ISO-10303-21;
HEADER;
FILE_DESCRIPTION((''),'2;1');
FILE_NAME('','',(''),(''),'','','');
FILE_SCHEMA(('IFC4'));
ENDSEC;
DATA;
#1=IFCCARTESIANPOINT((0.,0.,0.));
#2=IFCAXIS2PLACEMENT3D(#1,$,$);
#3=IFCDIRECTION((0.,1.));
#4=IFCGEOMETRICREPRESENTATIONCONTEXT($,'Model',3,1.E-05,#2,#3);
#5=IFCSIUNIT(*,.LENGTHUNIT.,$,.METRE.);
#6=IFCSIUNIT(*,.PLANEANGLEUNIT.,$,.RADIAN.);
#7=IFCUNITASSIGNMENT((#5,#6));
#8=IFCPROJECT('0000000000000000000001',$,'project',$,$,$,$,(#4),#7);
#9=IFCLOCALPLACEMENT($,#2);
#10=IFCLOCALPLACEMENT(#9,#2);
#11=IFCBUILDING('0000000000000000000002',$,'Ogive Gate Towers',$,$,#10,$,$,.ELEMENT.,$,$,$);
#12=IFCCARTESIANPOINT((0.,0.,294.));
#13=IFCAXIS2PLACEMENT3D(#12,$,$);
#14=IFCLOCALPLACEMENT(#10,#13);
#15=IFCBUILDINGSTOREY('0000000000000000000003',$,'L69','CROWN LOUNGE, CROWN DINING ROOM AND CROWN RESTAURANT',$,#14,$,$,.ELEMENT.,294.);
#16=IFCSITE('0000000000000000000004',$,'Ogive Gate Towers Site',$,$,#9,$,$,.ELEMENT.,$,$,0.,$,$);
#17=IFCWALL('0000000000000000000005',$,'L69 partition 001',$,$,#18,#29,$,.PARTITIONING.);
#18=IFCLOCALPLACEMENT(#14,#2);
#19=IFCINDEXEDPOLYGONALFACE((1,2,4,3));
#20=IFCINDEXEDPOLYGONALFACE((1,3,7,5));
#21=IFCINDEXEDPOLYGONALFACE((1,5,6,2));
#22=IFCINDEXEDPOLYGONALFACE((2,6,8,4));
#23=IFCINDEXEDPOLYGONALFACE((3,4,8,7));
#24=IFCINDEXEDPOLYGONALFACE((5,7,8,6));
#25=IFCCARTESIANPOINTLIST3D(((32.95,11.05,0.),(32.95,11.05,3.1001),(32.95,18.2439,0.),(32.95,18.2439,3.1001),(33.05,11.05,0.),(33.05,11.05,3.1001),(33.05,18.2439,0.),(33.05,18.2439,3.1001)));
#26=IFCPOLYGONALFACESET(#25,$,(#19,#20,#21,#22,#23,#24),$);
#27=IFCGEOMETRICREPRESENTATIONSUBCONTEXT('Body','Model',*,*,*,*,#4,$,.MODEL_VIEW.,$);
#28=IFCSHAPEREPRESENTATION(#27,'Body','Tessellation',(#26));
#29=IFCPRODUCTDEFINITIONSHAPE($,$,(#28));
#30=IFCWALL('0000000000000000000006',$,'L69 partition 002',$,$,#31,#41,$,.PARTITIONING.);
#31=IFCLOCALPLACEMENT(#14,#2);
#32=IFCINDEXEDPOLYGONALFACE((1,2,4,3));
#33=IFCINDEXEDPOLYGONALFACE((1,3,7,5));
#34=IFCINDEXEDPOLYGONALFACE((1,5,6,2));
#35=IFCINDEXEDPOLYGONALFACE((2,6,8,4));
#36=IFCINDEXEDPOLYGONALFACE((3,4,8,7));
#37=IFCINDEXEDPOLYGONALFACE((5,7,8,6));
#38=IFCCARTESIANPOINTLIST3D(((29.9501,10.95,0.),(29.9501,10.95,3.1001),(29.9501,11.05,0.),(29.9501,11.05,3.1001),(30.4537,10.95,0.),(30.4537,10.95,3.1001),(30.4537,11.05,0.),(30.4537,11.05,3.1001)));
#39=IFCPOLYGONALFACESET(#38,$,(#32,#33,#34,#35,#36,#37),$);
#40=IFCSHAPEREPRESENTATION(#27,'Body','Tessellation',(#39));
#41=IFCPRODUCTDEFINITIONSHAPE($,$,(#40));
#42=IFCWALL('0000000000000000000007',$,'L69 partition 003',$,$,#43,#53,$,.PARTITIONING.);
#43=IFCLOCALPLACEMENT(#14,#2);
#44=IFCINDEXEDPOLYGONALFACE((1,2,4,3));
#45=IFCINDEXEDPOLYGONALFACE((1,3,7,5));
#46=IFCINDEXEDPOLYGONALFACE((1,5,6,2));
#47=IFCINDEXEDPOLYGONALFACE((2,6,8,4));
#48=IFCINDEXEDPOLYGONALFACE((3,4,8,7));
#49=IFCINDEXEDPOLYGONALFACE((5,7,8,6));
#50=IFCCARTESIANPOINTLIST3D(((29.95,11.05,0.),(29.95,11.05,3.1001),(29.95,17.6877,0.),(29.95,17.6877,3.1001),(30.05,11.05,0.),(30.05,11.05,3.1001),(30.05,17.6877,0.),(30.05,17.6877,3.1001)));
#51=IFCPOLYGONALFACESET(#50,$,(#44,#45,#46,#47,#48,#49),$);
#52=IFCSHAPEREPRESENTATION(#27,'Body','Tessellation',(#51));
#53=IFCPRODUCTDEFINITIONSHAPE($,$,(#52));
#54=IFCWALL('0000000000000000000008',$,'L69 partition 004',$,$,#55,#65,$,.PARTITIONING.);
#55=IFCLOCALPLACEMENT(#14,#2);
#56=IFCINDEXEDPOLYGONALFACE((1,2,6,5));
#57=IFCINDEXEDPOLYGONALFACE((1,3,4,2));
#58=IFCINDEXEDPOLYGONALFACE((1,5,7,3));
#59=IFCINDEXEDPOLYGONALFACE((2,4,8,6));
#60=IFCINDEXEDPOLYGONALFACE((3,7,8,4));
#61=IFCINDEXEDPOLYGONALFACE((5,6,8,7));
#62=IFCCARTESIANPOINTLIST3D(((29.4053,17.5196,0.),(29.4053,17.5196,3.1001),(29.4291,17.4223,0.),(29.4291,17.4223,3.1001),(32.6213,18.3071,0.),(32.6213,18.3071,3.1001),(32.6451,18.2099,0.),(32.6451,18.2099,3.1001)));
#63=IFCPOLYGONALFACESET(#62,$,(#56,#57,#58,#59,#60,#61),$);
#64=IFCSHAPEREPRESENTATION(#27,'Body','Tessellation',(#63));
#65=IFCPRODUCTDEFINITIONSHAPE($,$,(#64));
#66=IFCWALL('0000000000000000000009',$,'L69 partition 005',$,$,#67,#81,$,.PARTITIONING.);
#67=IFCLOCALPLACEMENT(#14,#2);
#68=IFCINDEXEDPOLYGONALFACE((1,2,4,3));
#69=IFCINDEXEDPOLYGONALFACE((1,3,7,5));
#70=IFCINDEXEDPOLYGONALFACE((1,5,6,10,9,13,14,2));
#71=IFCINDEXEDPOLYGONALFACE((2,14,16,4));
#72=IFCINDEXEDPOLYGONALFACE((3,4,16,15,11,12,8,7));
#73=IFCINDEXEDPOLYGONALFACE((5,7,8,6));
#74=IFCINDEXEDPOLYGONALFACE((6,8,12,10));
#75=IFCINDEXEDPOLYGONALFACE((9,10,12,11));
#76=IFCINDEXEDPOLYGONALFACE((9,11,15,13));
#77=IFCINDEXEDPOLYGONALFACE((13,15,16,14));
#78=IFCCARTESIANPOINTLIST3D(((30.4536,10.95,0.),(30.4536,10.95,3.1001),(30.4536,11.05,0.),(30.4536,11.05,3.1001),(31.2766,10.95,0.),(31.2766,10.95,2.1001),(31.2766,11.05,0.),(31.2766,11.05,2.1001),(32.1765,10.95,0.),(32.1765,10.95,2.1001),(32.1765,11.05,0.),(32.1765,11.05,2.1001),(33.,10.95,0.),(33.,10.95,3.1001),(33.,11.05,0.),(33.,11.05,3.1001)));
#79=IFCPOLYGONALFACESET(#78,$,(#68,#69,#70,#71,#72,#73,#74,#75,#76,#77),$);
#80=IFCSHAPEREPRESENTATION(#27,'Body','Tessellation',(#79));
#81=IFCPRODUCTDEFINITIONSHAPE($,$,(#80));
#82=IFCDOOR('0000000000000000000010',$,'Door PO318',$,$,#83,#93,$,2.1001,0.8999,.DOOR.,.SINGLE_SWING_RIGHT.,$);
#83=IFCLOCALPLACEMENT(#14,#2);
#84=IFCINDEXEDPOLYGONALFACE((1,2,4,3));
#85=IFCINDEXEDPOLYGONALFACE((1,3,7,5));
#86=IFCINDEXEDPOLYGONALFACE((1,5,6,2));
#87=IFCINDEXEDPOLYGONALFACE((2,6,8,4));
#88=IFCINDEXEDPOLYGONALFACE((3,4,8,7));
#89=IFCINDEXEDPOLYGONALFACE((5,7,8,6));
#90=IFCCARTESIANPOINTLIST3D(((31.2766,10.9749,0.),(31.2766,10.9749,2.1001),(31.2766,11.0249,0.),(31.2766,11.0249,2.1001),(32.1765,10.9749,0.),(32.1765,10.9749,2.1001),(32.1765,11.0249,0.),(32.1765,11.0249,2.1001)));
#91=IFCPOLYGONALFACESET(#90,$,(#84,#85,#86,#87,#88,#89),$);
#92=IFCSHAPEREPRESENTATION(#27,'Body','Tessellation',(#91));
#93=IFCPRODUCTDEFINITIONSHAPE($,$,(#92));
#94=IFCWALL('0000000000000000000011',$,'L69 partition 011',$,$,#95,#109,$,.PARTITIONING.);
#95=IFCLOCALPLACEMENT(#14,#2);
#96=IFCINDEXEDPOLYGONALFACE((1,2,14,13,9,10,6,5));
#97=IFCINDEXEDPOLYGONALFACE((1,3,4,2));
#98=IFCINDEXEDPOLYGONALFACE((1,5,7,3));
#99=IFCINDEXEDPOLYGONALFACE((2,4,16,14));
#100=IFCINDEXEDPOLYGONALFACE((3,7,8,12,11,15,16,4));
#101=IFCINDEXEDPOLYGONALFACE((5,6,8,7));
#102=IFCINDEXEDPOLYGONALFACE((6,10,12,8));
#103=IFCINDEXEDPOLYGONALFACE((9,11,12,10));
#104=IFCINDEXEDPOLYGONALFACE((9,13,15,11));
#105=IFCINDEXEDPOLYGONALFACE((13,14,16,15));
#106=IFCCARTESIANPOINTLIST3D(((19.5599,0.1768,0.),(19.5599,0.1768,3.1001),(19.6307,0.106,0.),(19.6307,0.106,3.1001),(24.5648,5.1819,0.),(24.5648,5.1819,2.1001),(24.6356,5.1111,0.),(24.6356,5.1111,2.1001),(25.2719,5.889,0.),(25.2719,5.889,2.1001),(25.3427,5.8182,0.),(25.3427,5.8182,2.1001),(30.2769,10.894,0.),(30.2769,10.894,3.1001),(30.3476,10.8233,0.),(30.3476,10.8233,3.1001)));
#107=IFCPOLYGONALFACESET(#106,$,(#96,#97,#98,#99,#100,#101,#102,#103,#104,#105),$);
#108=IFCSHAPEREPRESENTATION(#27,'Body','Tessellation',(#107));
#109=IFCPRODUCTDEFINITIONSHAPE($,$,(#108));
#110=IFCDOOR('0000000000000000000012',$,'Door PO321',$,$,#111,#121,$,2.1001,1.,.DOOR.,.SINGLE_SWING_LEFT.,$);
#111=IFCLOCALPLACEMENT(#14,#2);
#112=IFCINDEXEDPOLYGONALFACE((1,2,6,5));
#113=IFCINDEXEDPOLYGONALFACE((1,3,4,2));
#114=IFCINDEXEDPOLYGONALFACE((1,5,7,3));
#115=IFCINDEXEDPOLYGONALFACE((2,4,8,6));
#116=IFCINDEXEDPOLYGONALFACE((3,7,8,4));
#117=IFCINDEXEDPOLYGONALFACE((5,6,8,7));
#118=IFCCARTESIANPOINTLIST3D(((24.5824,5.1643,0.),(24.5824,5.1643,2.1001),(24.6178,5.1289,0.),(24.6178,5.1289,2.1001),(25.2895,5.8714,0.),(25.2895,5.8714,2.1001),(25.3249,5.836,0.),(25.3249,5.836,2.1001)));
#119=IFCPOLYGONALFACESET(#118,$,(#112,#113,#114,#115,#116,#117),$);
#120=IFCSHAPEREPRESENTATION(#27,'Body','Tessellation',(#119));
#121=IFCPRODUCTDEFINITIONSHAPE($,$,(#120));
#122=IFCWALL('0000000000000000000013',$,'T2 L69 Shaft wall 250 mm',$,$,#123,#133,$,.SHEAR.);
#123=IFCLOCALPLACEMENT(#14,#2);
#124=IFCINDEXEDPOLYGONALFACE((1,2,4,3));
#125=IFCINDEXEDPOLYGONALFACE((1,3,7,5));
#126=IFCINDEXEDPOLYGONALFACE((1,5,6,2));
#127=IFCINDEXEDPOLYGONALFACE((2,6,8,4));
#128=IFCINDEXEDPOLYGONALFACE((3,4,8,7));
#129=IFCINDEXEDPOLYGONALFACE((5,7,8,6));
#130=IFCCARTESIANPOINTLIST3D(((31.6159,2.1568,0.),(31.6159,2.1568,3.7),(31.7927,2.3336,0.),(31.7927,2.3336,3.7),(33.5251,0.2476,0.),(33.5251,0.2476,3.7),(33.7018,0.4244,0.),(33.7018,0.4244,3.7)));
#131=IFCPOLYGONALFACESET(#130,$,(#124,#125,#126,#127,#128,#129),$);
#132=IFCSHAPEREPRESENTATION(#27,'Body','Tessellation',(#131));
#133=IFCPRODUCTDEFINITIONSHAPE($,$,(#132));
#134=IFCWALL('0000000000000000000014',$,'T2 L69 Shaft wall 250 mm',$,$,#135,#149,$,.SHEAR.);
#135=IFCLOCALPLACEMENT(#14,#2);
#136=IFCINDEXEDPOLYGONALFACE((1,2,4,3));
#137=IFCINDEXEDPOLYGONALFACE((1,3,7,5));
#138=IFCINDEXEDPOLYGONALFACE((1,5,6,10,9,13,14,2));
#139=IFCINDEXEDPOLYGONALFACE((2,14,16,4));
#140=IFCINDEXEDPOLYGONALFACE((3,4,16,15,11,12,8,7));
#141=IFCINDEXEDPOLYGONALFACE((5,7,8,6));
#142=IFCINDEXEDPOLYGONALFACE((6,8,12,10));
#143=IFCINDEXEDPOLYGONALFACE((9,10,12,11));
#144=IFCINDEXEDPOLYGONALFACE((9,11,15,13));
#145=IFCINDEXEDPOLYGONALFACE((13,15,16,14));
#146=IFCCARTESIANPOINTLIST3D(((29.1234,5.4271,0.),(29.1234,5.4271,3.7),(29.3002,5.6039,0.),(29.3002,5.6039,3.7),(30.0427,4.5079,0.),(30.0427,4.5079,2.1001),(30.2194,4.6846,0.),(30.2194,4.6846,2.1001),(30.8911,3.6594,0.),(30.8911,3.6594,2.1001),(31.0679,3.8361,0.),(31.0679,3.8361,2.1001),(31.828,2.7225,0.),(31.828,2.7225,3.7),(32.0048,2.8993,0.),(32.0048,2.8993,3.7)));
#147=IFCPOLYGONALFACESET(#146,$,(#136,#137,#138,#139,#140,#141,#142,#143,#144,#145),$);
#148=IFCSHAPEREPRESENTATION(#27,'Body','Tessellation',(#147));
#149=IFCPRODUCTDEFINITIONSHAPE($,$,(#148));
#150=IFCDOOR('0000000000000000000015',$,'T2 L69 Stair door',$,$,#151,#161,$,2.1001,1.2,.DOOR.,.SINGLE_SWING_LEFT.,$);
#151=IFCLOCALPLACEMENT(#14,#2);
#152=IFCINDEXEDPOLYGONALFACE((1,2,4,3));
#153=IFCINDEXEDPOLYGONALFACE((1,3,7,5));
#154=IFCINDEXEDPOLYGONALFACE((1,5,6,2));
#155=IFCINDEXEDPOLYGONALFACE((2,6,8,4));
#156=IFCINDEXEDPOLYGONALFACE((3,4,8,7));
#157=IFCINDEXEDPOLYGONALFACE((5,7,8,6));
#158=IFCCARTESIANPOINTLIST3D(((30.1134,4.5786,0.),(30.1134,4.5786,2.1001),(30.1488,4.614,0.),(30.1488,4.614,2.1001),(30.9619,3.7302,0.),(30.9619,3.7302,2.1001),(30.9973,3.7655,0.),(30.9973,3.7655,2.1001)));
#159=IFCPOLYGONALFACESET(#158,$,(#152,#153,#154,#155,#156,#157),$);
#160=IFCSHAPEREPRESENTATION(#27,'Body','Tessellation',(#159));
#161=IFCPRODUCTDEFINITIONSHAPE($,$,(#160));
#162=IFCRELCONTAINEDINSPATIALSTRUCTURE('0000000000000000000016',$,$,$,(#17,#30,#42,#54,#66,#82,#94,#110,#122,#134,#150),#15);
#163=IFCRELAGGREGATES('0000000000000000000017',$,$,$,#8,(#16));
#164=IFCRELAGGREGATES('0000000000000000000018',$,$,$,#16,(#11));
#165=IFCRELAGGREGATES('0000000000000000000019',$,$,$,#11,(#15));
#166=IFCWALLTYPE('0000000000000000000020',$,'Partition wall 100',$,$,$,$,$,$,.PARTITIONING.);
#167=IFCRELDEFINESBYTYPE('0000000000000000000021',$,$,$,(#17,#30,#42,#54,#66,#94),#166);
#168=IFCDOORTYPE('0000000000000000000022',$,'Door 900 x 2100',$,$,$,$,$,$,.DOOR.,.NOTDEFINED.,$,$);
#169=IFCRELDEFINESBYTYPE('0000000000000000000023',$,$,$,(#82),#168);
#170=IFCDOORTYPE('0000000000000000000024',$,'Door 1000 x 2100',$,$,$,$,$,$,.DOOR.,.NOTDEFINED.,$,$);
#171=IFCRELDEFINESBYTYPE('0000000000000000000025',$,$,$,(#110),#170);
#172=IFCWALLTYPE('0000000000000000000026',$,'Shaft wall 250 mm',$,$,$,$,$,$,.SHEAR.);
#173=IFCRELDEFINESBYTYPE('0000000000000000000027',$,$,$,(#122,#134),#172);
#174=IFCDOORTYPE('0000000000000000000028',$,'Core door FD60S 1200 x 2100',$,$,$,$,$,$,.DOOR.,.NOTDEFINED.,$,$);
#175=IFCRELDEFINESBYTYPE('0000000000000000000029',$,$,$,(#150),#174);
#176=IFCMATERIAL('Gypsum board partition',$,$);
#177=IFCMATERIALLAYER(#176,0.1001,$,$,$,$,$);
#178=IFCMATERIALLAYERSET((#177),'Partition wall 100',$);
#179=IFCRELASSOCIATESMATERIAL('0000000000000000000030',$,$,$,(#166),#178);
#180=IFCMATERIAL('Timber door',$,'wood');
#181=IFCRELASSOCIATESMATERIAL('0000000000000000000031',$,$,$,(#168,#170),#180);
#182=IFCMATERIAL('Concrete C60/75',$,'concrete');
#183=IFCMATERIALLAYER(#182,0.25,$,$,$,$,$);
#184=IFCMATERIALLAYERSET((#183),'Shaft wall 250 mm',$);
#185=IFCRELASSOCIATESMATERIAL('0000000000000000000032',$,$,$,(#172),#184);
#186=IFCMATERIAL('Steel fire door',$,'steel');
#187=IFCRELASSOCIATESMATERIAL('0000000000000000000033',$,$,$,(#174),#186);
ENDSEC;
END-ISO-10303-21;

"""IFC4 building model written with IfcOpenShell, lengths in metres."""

from ifc_helpers import new_model, si_unit, direction, frame, frame_2d, origin, place, context, subcontext, project, spatial, rectangle, extrude, material, layer, layer_set, type_object, element, fill, save


model = new_model("IFC4")

# Units and contexts
model_context = context("Model", 3, precision=1e-05, world=origin(), true_north=direction((0.0, 1.0)))
body_context = subcontext(model_context, "Body", "Model", "MODEL_VIEW")
ifc_project = project(units=[si_unit("LENGTHUNIT", "METRE"), si_unit("PLANEANGLEUNIT", "RADIAN")], contexts=[model_context])

# Site, building, storey
site_placement = place(None, origin())
site = spatial("IfcSite", under=ifc_project, at=site_placement, Name="Ogive Gate Towers Site", CompositionType="ELEMENT", RefElevation=0.0)
building_placement = place(site_placement, origin())
building = spatial("IfcBuilding", under=site, at=building_placement, Name="Ogive Gate Towers", CompositionType="ELEMENT")
storey_placement = place(building_placement, frame((0.0, 0.0, 294.0)))
storey = spatial("IfcBuildingStorey", under=building, at=storey_placement, Name="L69", Description="CROWN LOUNGE, CROWN DINING ROOM AND CROWN RESTAURANT", CompositionType="ELEMENT", Elevation=294.0)

# Walls
ifc_material_1 = material(Name="Gypsum board partition")
ifc_layer_1 = layer(ifc_material_1, 0.1001)
ifc_layer_set_1 = layer_set([ifc_layer_1], Name="Partition wall 100")
wall_type_1 = type_object("IfcWallType", Name="Partition wall 100", PredefinedType="PARTITIONING", material=ifc_layer_set_1)
wall_1_placement = place(storey_placement, frame((33.0, 11.05, 0.0), z_axis=(0.0, 0.0, 1.0), x_axis=(0.0, 1.0, 0.0)))
element("IfcWall", 1, at=wall_1_placement, inside=storey, type_object=wall_type_1, Name="L69 partition 001", PredefinedType="PARTITIONING", context=body_context, shape_type="SweptSolid", body=[
    extrude(rectangle(XDim=7.1938, YDim=0.1001, at=frame_2d((3.5969, 0.0))), origin(), (0.0, 0.0, 1.0), 3.1001),
])
wall_2_placement = place(storey_placement, frame((29.95, 11.0, 0.0), z_axis=(0.0, 0.0, 1.0), x_axis=(1.0, 0.0, 0.0)))
element("IfcWall", 2, at=wall_2_placement, inside=storey, type_object=wall_type_1, Name="L69 partition 002", PredefinedType="PARTITIONING", context=body_context, shape_type="SweptSolid", body=[
    extrude(rectangle(XDim=0.5037, YDim=0.1001, at=frame_2d((0.252, 0.0))), origin(), (0.0, 0.0, 1.0), 3.1001),
])
wall_3_placement = place(storey_placement, frame((30.0, 11.05, 0.0), z_axis=(0.0, 0.0, 1.0), x_axis=(0.0, 1.0, 0.0)))
element("IfcWall", 3, at=wall_3_placement, inside=storey, type_object=wall_type_1, Name="L69 partition 003", PredefinedType="PARTITIONING", context=body_context, shape_type="SweptSolid", body=[
    extrude(rectangle(XDim=6.6377, YDim=0.1001, at=frame_2d((3.3188, 0.0))), origin(), (0.0, 0.0, 1.0), 3.1001),
])
wall_4_placement = place(storey_placement, frame((29.4172, 17.4709, 0.0), z_axis=(0.0, 0.0, 1.0), x_axis=(0.971298, 0.237866, 0.0)))
element("IfcWall", 4, at=wall_4_placement, inside=storey, type_object=wall_type_1, Name="L69 partition 004", PredefinedType="PARTITIONING", context=body_context, shape_type="SweptSolid", body=[
    extrude(rectangle(XDim=3.311, YDim=0.1001, at=frame_2d((1.6555, 0.0))), origin(), (0.0, 0.0, 1.0), 3.1001),
])

# Walls, openings, doors
wall_5_placement = place(storey_placement, frame((30.4536, 11.0, 0.0), z_axis=(0.0, 0.0, 1.0), x_axis=(1.0, 0.0, 0.0)))
wall_5 = element("IfcWall", 5, at=wall_5_placement, inside=storey, type_object=wall_type_1, Name="L69 partition 005", PredefinedType="PARTITIONING", context=body_context, shape_type="SweptSolid", body=[
    extrude(rectangle(XDim=2.5464, YDim=0.1001, at=frame_2d((1.2732, 0.0))), origin(), (0.0, 0.0, 1.0), 3.1001),
])
opening_1_placement = place(wall_5_placement, frame((0.823, 0.0, 0.0)))
opening_1 = element("IfcOpeningElement", 6, at=opening_1_placement, cuts=wall_5, PredefinedType="OPENING", context=body_context, shape_type="SweptSolid", body=[
    extrude(rectangle(XDim=0.8999, YDim=2.1001, at=frame_2d((0.45, 1.05))), frame((0.0, 0.0601, 0.0), z_axis=(0.0, -1.0, 0.0), x_axis=(1.0, 0.0, 0.0)), (0.0, 0.0, 1.0), 0.1201),
])
ifc_material_2 = material(Name="Timber door", Category="wood")
door_type_1 = type_object("IfcDoorType", Name="Door 900 x 2100", OperationType="NOTDEFINED", PredefinedType="DOOR", material=ifc_material_2)
door_1_placement = place(opening_1_placement, origin())
door_1 = element("IfcDoor", 7, at=door_1_placement, inside=storey, type_object=door_type_1, Name="Door PO318", OperationType="SINGLE_SWING_RIGHT", OverallHeight=2.1001, OverallWidth=0.8999, PredefinedType="DOOR", context=body_context, shape_type="SweptSolid", body=[
    extrude(rectangle(XDim=0.8999, YDim=2.1001, at=frame_2d((0.45, 1.05))), frame((0.0, 0.0249, 0.0), z_axis=(0.0, -1.0, 0.0), x_axis=(1.0, 0.0, 0.0)), (0.0, 0.0, 1.0), 0.05),
])
fill(opening_1, door_1)
wall_6_placement = place(storey_placement, frame((30.3123, 10.8586, 0.0), z_axis=(0.0, 0.0, 1.0), x_axis=(-0.707099, -0.707115, 0.0)))
wall_6 = element("IfcWall", 8, at=wall_6_placement, inside=storey, type_object=wall_type_1, Name="L69 partition 011", PredefinedType="PARTITIONING", context=body_context, shape_type="SweptSolid", body=[
    extrude(rectangle(XDim=15.1562, YDim=0.1001, at=frame_2d((7.5781, 0.0))), origin(), (0.0, 0.0, 1.0), 3.1001),
])
opening_2_placement = place(wall_6_placement, frame((7.0781, 0.0, 0.0)))
opening_2 = element("IfcOpeningElement", 9, at=opening_2_placement, cuts=wall_6, PredefinedType="OPENING", context=body_context, shape_type="SweptSolid", body=[
    extrude(rectangle(XDim=1.0, YDim=2.1001, at=frame_2d((0.5, 1.05))), frame((0.0, 0.0601, 0.0), z_axis=(0.0, -1.0, 0.0), x_axis=(1.0, 0.0, 0.0)), (0.0, 0.0, 1.0), 0.1201),
])
door_type_2 = type_object("IfcDoorType", Name="Door 1000 x 2100", OperationType="NOTDEFINED", PredefinedType="DOOR", material=ifc_material_2)
door_2_placement = place(opening_2_placement, origin())
door_2 = element("IfcDoor", 10, at=door_2_placement, inside=storey, type_object=door_type_2, Name="Door PO321", OperationType="SINGLE_SWING_LEFT", OverallHeight=2.1001, OverallWidth=1.0, PredefinedType="DOOR", context=body_context, shape_type="SweptSolid", body=[
    extrude(rectangle(XDim=1.0, YDim=2.1001, at=frame_2d((0.5, 1.05))), frame((0.0, 0.0249, 0.0), z_axis=(0.0, -1.0, 0.0), x_axis=(1.0, 0.0, 0.0)), (0.0, 0.0, 1.0), 0.05),
])
fill(opening_2, door_2)

# Wall
ifc_material_3 = material(Name="Concrete C60/75", Category="concrete")
ifc_layer_2 = layer(ifc_material_3, 0.25)
ifc_layer_set_2 = layer_set([ifc_layer_2], Name="Shaft wall 250 mm")
wall_type_2 = type_object("IfcWallType", Name="Shaft wall 250 mm", PredefinedType="SHEAR", material=ifc_layer_set_2)
wall_7_placement = place(storey_placement, frame((33.6135, 0.3359, 0.0), z_axis=(0.0, 0.0, 1.0), x_axis=(-0.707107, 0.707107, 0.0)))
element("IfcWall", 11, at=wall_7_placement, inside=storey, type_object=wall_type_2, Name="T2 L69 Shaft wall 250 mm", PredefinedType="SHEAR", context=body_context, shape_type="SweptSolid", body=[
    extrude(rectangle(XDim=2.7, YDim=0.25, at=frame_2d((1.3501, 0.0))), origin(), (0.0, 0.0, 1.0), 3.7),
])

# Wall, opening, door
wall_8_placement = place(storey_placement, frame((31.9165, 2.8108, 0.0), z_axis=(0.0, 0.0, 1.0), x_axis=(-0.707107, 0.707107, 0.0)))
wall_8 = element("IfcWall", 12, at=wall_8_placement, inside=storey, type_object=wall_type_2, Name="T2 L69 Shaft wall 250 mm", PredefinedType="SHEAR", context=body_context, shape_type="SweptSolid", body=[
    extrude(rectangle(XDim=3.825, YDim=0.25, at=frame_2d((1.9126, 0.0))), origin(), (0.0, 0.0, 1.0), 3.7),
])
opening_3_placement = place(wall_8_placement, frame((1.325, 0.0, 0.0)))
opening_3 = element("IfcOpeningElement", 13, at=opening_3_placement, cuts=wall_8, PredefinedType="OPENING", context=body_context, shape_type="SweptSolid", body=[
    extrude(rectangle(XDim=1.2, YDim=2.1001, at=frame_2d((0.6001, 1.05))), frame((0.0, 0.135, 0.0), z_axis=(0.0, -1.0, 0.0), x_axis=(1.0, 0.0, 0.0)), (0.0, 0.0, 1.0), 0.27),
])
ifc_material_4 = material(Name="Steel fire door", Category="steel")
door_type_3 = type_object("IfcDoorType", Name="Core door FD60S 1200 x 2100", OperationType="NOTDEFINED", PredefinedType="DOOR", material=ifc_material_4)
door_3_placement = place(opening_3_placement, origin())
door_3 = element("IfcDoor", 14, at=door_3_placement, inside=storey, type_object=door_type_3, Name="T2 L69 Stair door", OperationType="SINGLE_SWING_LEFT", OverallHeight=2.1001, OverallWidth=1.2, PredefinedType="DOOR", context=body_context, shape_type="SweptSolid", body=[
    extrude(rectangle(XDim=1.2, YDim=2.1001, at=frame_2d((0.6001, 1.05))), frame((0.0, 0.0249, 0.0), z_axis=(0.0, -1.0, 0.0), x_axis=(1.0, 0.0, 0.0)), (0.0, 0.0, 1.0), 0.05),
])
fill(opening_3, door_3)

save(model, "model.ifc")
